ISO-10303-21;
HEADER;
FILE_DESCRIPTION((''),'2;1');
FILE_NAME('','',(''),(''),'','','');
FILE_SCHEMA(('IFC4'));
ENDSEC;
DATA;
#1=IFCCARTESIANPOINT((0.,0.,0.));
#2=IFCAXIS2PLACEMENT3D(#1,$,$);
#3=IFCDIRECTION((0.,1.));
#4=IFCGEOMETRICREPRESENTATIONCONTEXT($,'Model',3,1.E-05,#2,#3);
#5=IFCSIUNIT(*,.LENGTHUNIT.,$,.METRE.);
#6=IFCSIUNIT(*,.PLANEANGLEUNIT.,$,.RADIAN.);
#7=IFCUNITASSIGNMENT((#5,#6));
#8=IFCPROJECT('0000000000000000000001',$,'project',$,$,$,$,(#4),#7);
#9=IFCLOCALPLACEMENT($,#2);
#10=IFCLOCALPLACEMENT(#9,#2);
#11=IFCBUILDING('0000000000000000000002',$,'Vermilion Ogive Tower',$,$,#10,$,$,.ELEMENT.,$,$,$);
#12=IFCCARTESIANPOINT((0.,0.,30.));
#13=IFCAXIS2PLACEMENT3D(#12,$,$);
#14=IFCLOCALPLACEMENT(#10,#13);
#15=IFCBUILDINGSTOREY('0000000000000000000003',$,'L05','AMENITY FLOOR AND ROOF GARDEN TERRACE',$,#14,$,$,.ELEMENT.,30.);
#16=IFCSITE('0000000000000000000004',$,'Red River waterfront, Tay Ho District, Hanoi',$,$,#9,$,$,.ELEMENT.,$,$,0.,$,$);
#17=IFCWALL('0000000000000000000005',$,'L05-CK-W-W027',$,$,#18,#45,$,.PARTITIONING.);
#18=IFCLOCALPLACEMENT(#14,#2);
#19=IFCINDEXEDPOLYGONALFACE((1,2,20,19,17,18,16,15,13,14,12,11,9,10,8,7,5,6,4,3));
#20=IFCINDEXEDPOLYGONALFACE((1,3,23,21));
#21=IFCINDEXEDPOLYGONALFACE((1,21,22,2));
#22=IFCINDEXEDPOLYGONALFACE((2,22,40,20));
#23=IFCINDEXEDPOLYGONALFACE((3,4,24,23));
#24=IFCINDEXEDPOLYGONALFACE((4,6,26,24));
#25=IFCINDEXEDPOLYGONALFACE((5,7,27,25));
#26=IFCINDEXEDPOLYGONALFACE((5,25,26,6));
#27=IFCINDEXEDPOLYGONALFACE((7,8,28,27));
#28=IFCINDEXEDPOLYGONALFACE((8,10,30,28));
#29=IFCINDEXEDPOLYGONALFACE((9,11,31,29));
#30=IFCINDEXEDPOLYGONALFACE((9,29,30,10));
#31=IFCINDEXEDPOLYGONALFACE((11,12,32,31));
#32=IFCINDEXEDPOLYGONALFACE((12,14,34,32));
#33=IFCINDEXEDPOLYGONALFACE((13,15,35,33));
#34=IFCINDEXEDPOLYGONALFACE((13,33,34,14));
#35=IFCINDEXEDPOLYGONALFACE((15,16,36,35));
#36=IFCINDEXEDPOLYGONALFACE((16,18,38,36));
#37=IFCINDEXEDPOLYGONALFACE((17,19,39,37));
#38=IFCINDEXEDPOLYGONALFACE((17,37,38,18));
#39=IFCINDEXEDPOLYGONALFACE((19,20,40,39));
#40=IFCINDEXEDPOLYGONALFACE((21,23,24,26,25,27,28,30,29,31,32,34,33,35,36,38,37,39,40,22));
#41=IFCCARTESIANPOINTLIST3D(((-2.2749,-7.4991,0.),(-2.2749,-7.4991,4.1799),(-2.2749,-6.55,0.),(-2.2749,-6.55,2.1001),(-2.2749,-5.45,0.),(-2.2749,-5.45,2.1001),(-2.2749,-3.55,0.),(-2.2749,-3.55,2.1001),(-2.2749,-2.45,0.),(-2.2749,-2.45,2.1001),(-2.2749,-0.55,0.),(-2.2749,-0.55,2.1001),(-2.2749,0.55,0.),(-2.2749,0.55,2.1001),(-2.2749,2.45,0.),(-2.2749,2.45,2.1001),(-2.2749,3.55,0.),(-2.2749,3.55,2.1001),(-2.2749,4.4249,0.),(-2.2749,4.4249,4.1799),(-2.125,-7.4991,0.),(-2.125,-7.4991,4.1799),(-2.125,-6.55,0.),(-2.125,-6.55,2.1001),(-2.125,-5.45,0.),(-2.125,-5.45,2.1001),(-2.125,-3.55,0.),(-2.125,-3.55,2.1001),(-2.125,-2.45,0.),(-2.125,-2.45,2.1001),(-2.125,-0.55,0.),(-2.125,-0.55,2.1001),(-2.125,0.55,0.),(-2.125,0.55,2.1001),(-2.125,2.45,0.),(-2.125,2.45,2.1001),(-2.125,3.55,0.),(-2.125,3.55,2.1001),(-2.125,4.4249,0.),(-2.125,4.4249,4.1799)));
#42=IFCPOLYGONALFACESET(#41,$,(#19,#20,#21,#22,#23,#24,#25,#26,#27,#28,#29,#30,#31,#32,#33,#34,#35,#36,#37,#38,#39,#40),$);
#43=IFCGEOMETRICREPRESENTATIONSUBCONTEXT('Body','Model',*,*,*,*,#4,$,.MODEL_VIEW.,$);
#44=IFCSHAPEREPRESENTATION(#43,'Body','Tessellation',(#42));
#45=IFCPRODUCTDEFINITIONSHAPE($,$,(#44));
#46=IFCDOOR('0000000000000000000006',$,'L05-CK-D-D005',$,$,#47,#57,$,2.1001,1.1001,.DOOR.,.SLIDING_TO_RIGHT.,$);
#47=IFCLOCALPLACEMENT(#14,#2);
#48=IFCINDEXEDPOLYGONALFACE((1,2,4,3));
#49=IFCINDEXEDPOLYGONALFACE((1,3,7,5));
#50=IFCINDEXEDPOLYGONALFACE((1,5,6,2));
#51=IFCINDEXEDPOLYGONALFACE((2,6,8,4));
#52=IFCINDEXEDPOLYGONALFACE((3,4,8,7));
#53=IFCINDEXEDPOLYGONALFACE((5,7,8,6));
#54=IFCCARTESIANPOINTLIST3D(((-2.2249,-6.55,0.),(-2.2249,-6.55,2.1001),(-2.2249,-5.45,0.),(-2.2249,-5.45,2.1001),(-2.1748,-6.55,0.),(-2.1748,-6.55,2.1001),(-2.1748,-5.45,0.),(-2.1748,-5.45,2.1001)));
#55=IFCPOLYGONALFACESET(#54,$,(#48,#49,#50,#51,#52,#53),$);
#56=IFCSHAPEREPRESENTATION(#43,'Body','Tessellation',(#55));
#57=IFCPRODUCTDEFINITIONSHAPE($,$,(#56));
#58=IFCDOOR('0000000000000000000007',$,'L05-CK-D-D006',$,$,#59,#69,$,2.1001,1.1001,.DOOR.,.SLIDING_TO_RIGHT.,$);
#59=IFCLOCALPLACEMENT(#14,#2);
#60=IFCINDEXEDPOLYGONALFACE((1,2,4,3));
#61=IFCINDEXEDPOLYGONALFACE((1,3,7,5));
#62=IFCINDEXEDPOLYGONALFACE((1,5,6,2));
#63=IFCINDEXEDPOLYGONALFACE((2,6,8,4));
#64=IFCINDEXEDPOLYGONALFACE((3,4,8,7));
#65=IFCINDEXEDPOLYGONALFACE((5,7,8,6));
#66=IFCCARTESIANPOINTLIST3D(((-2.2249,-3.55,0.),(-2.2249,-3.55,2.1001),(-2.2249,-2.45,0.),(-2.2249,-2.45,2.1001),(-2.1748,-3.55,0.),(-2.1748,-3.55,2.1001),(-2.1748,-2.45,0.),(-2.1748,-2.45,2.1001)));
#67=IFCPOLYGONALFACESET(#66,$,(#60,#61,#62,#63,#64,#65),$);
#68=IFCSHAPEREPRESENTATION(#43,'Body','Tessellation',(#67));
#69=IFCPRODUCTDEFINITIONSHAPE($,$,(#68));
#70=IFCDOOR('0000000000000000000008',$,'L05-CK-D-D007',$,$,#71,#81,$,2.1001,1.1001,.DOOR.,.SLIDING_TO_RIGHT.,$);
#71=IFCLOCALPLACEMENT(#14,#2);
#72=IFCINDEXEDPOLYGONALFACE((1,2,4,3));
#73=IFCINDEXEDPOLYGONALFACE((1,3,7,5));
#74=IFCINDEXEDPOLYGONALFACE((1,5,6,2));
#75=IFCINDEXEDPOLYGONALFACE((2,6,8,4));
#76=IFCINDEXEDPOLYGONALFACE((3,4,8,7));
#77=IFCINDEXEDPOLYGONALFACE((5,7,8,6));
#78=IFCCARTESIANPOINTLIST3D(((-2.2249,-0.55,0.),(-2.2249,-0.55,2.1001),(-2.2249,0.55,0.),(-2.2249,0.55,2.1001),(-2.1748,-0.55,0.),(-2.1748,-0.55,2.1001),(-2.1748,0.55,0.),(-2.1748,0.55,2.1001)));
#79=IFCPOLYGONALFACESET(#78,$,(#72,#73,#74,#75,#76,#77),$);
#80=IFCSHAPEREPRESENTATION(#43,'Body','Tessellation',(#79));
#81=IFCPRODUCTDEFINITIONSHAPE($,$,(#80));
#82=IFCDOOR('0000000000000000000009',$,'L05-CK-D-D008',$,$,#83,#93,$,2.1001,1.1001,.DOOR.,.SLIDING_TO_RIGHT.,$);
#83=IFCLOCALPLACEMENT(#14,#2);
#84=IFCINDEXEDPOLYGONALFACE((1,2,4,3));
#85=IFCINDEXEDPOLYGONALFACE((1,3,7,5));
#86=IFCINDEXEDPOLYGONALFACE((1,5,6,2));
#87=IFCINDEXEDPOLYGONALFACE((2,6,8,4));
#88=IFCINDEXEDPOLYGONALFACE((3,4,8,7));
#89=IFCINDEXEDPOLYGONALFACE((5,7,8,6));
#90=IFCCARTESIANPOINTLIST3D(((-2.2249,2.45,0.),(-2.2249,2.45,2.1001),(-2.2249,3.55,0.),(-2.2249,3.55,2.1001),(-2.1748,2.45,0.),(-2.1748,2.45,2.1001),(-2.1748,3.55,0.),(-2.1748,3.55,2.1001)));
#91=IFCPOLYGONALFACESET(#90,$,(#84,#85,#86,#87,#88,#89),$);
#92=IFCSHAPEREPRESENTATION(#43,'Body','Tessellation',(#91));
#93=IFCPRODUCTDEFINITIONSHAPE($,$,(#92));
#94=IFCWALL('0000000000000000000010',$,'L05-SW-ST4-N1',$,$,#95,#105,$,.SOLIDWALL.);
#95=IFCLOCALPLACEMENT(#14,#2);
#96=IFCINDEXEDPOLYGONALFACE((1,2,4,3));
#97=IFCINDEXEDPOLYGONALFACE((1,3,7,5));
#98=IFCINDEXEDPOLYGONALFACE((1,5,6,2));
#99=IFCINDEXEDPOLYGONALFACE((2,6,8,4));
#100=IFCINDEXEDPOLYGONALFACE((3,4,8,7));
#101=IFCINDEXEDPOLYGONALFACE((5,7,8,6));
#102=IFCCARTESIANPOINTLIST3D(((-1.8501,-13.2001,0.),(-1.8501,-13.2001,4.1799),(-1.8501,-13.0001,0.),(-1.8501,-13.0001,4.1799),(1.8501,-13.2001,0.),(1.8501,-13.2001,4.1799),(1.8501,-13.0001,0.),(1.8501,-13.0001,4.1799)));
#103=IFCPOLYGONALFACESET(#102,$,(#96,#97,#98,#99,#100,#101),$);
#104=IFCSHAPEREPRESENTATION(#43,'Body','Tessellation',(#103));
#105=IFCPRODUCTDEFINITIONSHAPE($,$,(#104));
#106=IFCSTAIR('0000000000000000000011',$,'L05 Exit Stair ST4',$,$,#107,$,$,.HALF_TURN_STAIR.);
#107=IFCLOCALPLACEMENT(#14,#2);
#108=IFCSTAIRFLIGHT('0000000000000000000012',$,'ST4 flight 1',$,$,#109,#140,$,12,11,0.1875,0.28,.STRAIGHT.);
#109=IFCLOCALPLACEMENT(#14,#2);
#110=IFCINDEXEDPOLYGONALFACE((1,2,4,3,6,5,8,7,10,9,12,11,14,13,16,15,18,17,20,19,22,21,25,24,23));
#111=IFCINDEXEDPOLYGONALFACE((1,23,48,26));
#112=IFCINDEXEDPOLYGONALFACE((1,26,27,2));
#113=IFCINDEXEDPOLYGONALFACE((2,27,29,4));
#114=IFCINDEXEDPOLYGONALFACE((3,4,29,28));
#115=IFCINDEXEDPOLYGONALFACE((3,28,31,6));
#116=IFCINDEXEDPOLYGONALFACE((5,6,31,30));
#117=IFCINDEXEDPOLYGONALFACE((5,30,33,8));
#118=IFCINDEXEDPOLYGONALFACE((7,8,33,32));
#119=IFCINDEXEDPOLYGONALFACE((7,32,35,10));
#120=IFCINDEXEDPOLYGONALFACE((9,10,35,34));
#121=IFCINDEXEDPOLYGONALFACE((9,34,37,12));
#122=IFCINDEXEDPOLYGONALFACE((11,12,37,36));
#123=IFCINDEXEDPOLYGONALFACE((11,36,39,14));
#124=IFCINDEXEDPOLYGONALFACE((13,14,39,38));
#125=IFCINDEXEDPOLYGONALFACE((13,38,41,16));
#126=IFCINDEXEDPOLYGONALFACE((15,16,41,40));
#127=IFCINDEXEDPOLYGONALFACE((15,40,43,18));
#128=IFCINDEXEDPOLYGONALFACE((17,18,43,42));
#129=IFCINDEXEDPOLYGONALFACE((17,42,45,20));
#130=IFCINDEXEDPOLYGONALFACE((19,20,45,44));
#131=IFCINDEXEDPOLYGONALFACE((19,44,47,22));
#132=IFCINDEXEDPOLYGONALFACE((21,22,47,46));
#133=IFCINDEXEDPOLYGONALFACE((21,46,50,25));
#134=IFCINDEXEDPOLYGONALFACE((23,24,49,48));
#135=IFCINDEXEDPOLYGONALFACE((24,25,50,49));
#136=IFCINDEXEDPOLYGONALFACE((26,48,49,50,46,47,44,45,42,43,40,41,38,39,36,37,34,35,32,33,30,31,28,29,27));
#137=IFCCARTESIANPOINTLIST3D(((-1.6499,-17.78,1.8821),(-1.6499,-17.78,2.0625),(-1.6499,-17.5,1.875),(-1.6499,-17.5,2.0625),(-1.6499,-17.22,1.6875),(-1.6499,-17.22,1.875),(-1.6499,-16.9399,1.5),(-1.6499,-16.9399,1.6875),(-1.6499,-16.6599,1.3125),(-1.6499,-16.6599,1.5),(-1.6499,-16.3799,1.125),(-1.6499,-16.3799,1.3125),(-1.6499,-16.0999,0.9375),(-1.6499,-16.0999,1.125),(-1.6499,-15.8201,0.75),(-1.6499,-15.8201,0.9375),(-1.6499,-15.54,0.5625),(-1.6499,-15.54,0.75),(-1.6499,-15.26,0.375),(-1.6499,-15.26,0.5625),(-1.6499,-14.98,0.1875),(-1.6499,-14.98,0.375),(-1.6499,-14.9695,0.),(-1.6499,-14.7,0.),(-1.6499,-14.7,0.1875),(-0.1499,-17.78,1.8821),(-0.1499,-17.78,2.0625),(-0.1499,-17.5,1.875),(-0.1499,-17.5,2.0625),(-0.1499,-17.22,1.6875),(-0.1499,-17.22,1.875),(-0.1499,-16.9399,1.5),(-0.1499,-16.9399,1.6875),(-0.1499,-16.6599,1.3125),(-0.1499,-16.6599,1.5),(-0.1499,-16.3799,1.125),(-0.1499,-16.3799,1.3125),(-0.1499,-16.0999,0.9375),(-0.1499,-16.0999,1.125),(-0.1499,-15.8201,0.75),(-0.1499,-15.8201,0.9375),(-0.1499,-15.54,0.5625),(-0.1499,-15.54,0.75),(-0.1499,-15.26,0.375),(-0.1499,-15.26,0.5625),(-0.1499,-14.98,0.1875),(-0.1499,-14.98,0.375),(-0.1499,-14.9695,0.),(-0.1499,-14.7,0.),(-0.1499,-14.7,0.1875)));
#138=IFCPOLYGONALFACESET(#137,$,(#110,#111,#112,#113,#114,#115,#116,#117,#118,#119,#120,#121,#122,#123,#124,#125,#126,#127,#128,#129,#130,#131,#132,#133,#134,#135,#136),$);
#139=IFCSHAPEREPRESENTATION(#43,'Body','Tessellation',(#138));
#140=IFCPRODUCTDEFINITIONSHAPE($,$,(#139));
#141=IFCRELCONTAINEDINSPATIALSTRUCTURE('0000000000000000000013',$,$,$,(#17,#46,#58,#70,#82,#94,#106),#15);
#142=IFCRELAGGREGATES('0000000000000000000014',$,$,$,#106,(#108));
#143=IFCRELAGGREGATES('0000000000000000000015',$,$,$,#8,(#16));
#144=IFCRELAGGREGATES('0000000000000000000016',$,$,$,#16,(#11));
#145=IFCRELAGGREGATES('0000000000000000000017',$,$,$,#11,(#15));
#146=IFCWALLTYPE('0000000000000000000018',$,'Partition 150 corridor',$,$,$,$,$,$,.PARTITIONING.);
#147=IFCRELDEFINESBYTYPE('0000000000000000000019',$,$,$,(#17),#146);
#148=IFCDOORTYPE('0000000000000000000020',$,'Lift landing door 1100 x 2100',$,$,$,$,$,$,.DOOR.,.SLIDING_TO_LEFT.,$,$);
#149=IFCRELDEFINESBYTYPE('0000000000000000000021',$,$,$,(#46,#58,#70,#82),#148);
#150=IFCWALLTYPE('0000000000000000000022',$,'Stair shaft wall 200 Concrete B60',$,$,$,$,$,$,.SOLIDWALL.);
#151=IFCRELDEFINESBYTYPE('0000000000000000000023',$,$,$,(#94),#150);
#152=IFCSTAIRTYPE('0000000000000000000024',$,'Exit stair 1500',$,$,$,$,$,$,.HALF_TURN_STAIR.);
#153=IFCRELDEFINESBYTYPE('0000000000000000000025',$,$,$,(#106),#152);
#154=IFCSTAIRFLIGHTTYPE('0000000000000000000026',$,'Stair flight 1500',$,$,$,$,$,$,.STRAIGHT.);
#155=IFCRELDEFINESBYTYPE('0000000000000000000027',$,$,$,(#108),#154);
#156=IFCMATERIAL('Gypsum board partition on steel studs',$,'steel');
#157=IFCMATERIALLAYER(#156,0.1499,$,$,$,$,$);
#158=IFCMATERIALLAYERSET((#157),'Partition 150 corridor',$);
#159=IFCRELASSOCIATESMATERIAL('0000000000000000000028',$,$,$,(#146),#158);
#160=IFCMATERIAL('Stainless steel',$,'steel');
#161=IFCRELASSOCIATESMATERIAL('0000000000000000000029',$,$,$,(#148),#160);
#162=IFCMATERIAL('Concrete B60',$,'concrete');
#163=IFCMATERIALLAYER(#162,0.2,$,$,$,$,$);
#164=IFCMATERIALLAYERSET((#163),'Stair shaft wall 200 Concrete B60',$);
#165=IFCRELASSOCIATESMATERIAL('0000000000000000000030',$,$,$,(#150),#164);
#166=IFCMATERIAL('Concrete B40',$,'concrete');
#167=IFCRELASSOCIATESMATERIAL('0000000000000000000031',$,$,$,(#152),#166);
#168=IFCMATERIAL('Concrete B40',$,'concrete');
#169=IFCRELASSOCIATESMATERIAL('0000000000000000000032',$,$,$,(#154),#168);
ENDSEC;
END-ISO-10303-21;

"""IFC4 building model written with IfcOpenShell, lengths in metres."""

from ifc_helpers import new_model, si_unit, direction, frame, frame_2d, origin, place, context, subcontext, project, spatial, polyline, rectangle, outline, extrude, material, layer, layer_set, type_object, element, fill, aggregate, save


model = new_model("IFC4")

# Units and contexts
model_context = context("Model", 3, precision=1e-05, world=origin(), true_north=direction((0.0, 1.0)))
body_context = subcontext(model_context, "Body", "Model", "MODEL_VIEW")
ifc_project = project(units=[si_unit("LENGTHUNIT", "METRE"), si_unit("PLANEANGLEUNIT", "RADIAN")], contexts=[model_context])

# Site, building, storey
site_placement = place(None, origin())
site = spatial("IfcSite", under=ifc_project, at=site_placement, Name="Red River waterfront, Tay Ho District, Hanoi", CompositionType="ELEMENT", RefElevation=0.0)
building_placement = place(site_placement, origin())
building = spatial("IfcBuilding", under=site, at=building_placement, Name="Vermilion Ogive Tower", CompositionType="ELEMENT")
storey_placement = place(building_placement, frame((0.0, 0.0, 30.0)))
storey = spatial("IfcBuildingStorey", under=building, at=storey_placement, Name="L05", Description="AMENITY FLOOR AND ROOF GARDEN TERRACE", CompositionType="ELEMENT", Elevation=30.0)

# Shared definitions
ifc_material_1 = material(Name="Gypsum board partition on steel studs", Category="steel")
ifc_layer_1 = layer(ifc_material_1, 0.1499)
ifc_layer_set_1 = layer_set([ifc_layer_1], Name="Partition 150 corridor")
wall_type_1 = type_object("IfcWallType", Name="Partition 150 corridor", PredefinedType="PARTITIONING", material=ifc_layer_set_1)

# Wall, openings, doors
ifc_material_2 = material(Name="Stainless steel", Category="steel")
door_type_1 = type_object("IfcDoorType", Name="Lift landing door 1100 x 2100", OperationType="SLIDING_TO_LEFT", PredefinedType="DOOR", material=ifc_material_2)
wall_1_placement = place(storey_placement, frame((-2.2, -7.499, 0.0), z_axis=(0.0, 0.0, 1.0), x_axis=(0.0, 1.0, 0.0)))
wall_1 = element("IfcWall", 1, at=wall_1_placement, inside=storey, type_object=wall_type_1, Name="L05-CK-W-W027", PredefinedType="PARTITIONING", context=body_context, shape_type="SweptSolid", body=[
    extrude(rectangle(XDim=11.9241, YDim=0.1499, at=frame_2d((5.9619, 0.0))), origin(), (0.0, 0.0, 1.0), 4.1799),
])
opening_1_placement = place(wall_1_placement, frame((0.949, 0.0, 0.0)))
opening_1 = element("IfcOpeningElement", 2, at=opening_1_placement, cuts=wall_1, PredefinedType="OPENING", context=body_context, shape_type="SweptSolid", body=[
    extrude(rectangle(XDim=1.1001, YDim=2.1001, at=frame_2d((0.55, 1.05))), frame((0.0, 0.085, 0.0), z_axis=(0.0, -1.0, 0.0), x_axis=(1.0, 0.0, 0.0)), (0.0, 0.0, 1.0), 0.1699),
])
opening_2_placement = place(wall_1_placement, frame((3.949, 0.0, 0.0)))
opening_2 = element("IfcOpeningElement", 3, at=opening_2_placement, cuts=wall_1, PredefinedType="OPENING", context=body_context, shape_type="SweptSolid", body=[
    extrude(rectangle(XDim=1.1001, YDim=2.1001, at=frame_2d((0.55, 1.05))), frame((0.0, 0.085, 0.0), z_axis=(0.0, -1.0, 0.0), x_axis=(1.0, 0.0, 0.0)), (0.0, 0.0, 1.0), 0.1699),
])
opening_3_placement = place(wall_1_placement, frame((6.949, 0.0, 0.0)))
opening_3 = element("IfcOpeningElement", 4, at=opening_3_placement, cuts=wall_1, PredefinedType="OPENING", context=body_context, shape_type="SweptSolid", body=[
    extrude(rectangle(XDim=1.1001, YDim=2.1001, at=frame_2d((0.55, 1.05))), frame((0.0, 0.085, 0.0), z_axis=(0.0, -1.0, 0.0), x_axis=(1.0, 0.0, 0.0)), (0.0, 0.0, 1.0), 0.1699),
])
opening_4_placement = place(wall_1_placement, frame((9.949, 0.0, 0.0)))
opening_4 = element("IfcOpeningElement", 5, at=opening_4_placement, cuts=wall_1, PredefinedType="OPENING", context=body_context, shape_type="SweptSolid", body=[
    extrude(rectangle(XDim=1.1001, YDim=2.1001, at=frame_2d((0.55, 1.05))), frame((0.0, 0.085, 0.0), z_axis=(0.0, -1.0, 0.0), x_axis=(1.0, 0.0, 0.0)), (0.0, 0.0, 1.0), 0.1699),
])
door_1_placement = place(opening_1_placement, origin())
door_1 = element("IfcDoor", 6, at=door_1_placement, inside=storey, type_object=door_type_1, Name="L05-CK-D-D005", OperationType="SLIDING_TO_RIGHT", OverallHeight=2.1001, OverallWidth=1.1001, PredefinedType="DOOR", context=body_context, shape_type="SweptSolid", body=[
    extrude(rectangle(XDim=1.1001, YDim=2.1001, at=frame_2d((0.55, 1.05))), frame((0.0, 0.0249, 0.0), z_axis=(0.0, -1.0, 0.0), x_axis=(1.0, 0.0, 0.0)), (0.0, 0.0, 1.0), 0.05),
])
fill(opening_1, door_1)
door_2_placement = place(opening_2_placement, origin())
door_2 = element("IfcDoor", 7, at=door_2_placement, inside=storey, type_object=door_type_1, Name="L05-CK-D-D006", OperationType="SLIDING_TO_RIGHT", OverallHeight=2.1001, OverallWidth=1.1001, PredefinedType="DOOR", context=body_context, shape_type="SweptSolid", body=[
    extrude(rectangle(XDim=1.1001, YDim=2.1001, at=frame_2d((0.55, 1.05))), frame((0.0, 0.0249, 0.0), z_axis=(0.0, -1.0, 0.0), x_axis=(1.0, 0.0, 0.0)), (0.0, 0.0, 1.0), 0.05),
])
fill(opening_2, door_2)
door_3_placement = place(opening_3_placement, origin())
door_3 = element("IfcDoor", 8, at=door_3_placement, inside=storey, type_object=door_type_1, Name="L05-CK-D-D007", OperationType="SLIDING_TO_RIGHT", OverallHeight=2.1001, OverallWidth=1.1001, PredefinedType="DOOR", context=body_context, shape_type="SweptSolid", body=[
    extrude(rectangle(XDim=1.1001, YDim=2.1001, at=frame_2d((0.55, 1.05))), frame((0.0, 0.0249, 0.0), z_axis=(0.0, -1.0, 0.0), x_axis=(1.0, 0.0, 0.0)), (0.0, 0.0, 1.0), 0.05),
])
fill(opening_3, door_3)
door_4_placement = place(opening_4_placement, origin())
door_4 = element("IfcDoor", 9, at=door_4_placement, inside=storey, type_object=door_type_1, Name="L05-CK-D-D008", OperationType="SLIDING_TO_RIGHT", OverallHeight=2.1001, OverallWidth=1.1001, PredefinedType="DOOR", context=body_context, shape_type="SweptSolid", body=[
    extrude(rectangle(XDim=1.1001, YDim=2.1001, at=frame_2d((0.55, 1.05))), frame((0.0, 0.0249, 0.0), z_axis=(0.0, -1.0, 0.0), x_axis=(1.0, 0.0, 0.0)), (0.0, 0.0, 1.0), 0.05),
])
fill(opening_4, door_4)

# Wall
ifc_material_3 = material(Name="Concrete B60", Category="concrete")
ifc_layer_2 = layer(ifc_material_3, 0.2)
ifc_layer_set_2 = layer_set([ifc_layer_2], Name="Stair shaft wall 200 Concrete B60")
wall_type_2 = type_object("IfcWallType", Name="Stair shaft wall 200 Concrete B60", PredefinedType="SOLIDWALL", material=ifc_layer_set_2)
wall_2_placement = place(storey_placement, frame((-1.8501, -13.1001, 0.0), z_axis=(0.0, 0.0, 1.0), x_axis=(1.0, 0.0, 0.0)))
element("IfcWall", 10, at=wall_2_placement, inside=storey, type_object=wall_type_2, Name="L05-SW-ST4-N1", PredefinedType="SOLIDWALL", context=body_context, shape_type="SweptSolid", body=[
    extrude(rectangle(XDim=3.7002, YDim=0.2, at=frame_2d((1.8501, 0.0))), origin(), (0.0, 0.0, 1.0), 4.1799),
])

# Stair, stair flight
ifc_material_4 = material(Name="Concrete B40", Category="concrete")
stair_type = type_object("IfcStairType", Name="Exit stair 1500", PredefinedType="HALF_TURN_STAIR", material=ifc_material_4)
stair_placement = place(storey_placement, origin())
stair = element("IfcStair", 11, at=stair_placement, inside=storey, type_object=stair_type, Name="L05 Exit Stair ST4", PredefinedType="HALF_TURN_STAIR")
ifc_material_5 = material(Name="Concrete B40", Category="concrete")
stair_flight_type = type_object("IfcStairFlightType", Name="Stair flight 1500", PredefinedType="STRAIGHT", material=ifc_material_5)
stair_flight_placement = place(storey_placement, frame((-0.8999, -14.7, 0.0), z_axis=(0.0, 0.0, 1.0), x_axis=(0.0, -1.0, 0.0)))
stair_flight = element("IfcStairFlight", 12, at=stair_flight_placement, type_object=stair_flight_type, Name="ST4 flight 1", NumberOfRisers=12, NumberOfTreads=11, PredefinedType="STRAIGHT", RiserHeight=0.1875, TreadLength=0.28, context=body_context, shape_type="SweptSolid", body=[
    extrude(outline(polyline([(0.0, 0.0), (0.0, 0.1875), (0.28, 0.1875), (0.28, 0.375), (0.5601, 0.375), (0.5601, 0.5625), (0.8401, 0.5625), (0.8401, 0.75), (1.1201, 0.75), (1.1201, 0.9375), (1.3999, 0.9375), (1.3999, 1.125), (1.6799, 1.125), (1.6799, 1.3125), (1.96, 1.3125), (1.96, 1.5), (2.24, 1.5), (2.24, 1.6875), (2.52, 1.6875), (2.52, 1.875), (2.8, 1.875), (2.8, 2.0625), (3.0801, 2.0625), (3.0801, 2.25), (3.0801, 1.8821), (0.2695, 0.0), (0.0, 0.0)])), frame((0.0, 0.75, 0.0), z_axis=(0.0, -1.0, 0.0), x_axis=(1.0, 0.0, 0.0)), (0.0, 0.0, 1.0), 1.5),
])
aggregate(stair, [stair_flight])

save(model, "model.ifc")
